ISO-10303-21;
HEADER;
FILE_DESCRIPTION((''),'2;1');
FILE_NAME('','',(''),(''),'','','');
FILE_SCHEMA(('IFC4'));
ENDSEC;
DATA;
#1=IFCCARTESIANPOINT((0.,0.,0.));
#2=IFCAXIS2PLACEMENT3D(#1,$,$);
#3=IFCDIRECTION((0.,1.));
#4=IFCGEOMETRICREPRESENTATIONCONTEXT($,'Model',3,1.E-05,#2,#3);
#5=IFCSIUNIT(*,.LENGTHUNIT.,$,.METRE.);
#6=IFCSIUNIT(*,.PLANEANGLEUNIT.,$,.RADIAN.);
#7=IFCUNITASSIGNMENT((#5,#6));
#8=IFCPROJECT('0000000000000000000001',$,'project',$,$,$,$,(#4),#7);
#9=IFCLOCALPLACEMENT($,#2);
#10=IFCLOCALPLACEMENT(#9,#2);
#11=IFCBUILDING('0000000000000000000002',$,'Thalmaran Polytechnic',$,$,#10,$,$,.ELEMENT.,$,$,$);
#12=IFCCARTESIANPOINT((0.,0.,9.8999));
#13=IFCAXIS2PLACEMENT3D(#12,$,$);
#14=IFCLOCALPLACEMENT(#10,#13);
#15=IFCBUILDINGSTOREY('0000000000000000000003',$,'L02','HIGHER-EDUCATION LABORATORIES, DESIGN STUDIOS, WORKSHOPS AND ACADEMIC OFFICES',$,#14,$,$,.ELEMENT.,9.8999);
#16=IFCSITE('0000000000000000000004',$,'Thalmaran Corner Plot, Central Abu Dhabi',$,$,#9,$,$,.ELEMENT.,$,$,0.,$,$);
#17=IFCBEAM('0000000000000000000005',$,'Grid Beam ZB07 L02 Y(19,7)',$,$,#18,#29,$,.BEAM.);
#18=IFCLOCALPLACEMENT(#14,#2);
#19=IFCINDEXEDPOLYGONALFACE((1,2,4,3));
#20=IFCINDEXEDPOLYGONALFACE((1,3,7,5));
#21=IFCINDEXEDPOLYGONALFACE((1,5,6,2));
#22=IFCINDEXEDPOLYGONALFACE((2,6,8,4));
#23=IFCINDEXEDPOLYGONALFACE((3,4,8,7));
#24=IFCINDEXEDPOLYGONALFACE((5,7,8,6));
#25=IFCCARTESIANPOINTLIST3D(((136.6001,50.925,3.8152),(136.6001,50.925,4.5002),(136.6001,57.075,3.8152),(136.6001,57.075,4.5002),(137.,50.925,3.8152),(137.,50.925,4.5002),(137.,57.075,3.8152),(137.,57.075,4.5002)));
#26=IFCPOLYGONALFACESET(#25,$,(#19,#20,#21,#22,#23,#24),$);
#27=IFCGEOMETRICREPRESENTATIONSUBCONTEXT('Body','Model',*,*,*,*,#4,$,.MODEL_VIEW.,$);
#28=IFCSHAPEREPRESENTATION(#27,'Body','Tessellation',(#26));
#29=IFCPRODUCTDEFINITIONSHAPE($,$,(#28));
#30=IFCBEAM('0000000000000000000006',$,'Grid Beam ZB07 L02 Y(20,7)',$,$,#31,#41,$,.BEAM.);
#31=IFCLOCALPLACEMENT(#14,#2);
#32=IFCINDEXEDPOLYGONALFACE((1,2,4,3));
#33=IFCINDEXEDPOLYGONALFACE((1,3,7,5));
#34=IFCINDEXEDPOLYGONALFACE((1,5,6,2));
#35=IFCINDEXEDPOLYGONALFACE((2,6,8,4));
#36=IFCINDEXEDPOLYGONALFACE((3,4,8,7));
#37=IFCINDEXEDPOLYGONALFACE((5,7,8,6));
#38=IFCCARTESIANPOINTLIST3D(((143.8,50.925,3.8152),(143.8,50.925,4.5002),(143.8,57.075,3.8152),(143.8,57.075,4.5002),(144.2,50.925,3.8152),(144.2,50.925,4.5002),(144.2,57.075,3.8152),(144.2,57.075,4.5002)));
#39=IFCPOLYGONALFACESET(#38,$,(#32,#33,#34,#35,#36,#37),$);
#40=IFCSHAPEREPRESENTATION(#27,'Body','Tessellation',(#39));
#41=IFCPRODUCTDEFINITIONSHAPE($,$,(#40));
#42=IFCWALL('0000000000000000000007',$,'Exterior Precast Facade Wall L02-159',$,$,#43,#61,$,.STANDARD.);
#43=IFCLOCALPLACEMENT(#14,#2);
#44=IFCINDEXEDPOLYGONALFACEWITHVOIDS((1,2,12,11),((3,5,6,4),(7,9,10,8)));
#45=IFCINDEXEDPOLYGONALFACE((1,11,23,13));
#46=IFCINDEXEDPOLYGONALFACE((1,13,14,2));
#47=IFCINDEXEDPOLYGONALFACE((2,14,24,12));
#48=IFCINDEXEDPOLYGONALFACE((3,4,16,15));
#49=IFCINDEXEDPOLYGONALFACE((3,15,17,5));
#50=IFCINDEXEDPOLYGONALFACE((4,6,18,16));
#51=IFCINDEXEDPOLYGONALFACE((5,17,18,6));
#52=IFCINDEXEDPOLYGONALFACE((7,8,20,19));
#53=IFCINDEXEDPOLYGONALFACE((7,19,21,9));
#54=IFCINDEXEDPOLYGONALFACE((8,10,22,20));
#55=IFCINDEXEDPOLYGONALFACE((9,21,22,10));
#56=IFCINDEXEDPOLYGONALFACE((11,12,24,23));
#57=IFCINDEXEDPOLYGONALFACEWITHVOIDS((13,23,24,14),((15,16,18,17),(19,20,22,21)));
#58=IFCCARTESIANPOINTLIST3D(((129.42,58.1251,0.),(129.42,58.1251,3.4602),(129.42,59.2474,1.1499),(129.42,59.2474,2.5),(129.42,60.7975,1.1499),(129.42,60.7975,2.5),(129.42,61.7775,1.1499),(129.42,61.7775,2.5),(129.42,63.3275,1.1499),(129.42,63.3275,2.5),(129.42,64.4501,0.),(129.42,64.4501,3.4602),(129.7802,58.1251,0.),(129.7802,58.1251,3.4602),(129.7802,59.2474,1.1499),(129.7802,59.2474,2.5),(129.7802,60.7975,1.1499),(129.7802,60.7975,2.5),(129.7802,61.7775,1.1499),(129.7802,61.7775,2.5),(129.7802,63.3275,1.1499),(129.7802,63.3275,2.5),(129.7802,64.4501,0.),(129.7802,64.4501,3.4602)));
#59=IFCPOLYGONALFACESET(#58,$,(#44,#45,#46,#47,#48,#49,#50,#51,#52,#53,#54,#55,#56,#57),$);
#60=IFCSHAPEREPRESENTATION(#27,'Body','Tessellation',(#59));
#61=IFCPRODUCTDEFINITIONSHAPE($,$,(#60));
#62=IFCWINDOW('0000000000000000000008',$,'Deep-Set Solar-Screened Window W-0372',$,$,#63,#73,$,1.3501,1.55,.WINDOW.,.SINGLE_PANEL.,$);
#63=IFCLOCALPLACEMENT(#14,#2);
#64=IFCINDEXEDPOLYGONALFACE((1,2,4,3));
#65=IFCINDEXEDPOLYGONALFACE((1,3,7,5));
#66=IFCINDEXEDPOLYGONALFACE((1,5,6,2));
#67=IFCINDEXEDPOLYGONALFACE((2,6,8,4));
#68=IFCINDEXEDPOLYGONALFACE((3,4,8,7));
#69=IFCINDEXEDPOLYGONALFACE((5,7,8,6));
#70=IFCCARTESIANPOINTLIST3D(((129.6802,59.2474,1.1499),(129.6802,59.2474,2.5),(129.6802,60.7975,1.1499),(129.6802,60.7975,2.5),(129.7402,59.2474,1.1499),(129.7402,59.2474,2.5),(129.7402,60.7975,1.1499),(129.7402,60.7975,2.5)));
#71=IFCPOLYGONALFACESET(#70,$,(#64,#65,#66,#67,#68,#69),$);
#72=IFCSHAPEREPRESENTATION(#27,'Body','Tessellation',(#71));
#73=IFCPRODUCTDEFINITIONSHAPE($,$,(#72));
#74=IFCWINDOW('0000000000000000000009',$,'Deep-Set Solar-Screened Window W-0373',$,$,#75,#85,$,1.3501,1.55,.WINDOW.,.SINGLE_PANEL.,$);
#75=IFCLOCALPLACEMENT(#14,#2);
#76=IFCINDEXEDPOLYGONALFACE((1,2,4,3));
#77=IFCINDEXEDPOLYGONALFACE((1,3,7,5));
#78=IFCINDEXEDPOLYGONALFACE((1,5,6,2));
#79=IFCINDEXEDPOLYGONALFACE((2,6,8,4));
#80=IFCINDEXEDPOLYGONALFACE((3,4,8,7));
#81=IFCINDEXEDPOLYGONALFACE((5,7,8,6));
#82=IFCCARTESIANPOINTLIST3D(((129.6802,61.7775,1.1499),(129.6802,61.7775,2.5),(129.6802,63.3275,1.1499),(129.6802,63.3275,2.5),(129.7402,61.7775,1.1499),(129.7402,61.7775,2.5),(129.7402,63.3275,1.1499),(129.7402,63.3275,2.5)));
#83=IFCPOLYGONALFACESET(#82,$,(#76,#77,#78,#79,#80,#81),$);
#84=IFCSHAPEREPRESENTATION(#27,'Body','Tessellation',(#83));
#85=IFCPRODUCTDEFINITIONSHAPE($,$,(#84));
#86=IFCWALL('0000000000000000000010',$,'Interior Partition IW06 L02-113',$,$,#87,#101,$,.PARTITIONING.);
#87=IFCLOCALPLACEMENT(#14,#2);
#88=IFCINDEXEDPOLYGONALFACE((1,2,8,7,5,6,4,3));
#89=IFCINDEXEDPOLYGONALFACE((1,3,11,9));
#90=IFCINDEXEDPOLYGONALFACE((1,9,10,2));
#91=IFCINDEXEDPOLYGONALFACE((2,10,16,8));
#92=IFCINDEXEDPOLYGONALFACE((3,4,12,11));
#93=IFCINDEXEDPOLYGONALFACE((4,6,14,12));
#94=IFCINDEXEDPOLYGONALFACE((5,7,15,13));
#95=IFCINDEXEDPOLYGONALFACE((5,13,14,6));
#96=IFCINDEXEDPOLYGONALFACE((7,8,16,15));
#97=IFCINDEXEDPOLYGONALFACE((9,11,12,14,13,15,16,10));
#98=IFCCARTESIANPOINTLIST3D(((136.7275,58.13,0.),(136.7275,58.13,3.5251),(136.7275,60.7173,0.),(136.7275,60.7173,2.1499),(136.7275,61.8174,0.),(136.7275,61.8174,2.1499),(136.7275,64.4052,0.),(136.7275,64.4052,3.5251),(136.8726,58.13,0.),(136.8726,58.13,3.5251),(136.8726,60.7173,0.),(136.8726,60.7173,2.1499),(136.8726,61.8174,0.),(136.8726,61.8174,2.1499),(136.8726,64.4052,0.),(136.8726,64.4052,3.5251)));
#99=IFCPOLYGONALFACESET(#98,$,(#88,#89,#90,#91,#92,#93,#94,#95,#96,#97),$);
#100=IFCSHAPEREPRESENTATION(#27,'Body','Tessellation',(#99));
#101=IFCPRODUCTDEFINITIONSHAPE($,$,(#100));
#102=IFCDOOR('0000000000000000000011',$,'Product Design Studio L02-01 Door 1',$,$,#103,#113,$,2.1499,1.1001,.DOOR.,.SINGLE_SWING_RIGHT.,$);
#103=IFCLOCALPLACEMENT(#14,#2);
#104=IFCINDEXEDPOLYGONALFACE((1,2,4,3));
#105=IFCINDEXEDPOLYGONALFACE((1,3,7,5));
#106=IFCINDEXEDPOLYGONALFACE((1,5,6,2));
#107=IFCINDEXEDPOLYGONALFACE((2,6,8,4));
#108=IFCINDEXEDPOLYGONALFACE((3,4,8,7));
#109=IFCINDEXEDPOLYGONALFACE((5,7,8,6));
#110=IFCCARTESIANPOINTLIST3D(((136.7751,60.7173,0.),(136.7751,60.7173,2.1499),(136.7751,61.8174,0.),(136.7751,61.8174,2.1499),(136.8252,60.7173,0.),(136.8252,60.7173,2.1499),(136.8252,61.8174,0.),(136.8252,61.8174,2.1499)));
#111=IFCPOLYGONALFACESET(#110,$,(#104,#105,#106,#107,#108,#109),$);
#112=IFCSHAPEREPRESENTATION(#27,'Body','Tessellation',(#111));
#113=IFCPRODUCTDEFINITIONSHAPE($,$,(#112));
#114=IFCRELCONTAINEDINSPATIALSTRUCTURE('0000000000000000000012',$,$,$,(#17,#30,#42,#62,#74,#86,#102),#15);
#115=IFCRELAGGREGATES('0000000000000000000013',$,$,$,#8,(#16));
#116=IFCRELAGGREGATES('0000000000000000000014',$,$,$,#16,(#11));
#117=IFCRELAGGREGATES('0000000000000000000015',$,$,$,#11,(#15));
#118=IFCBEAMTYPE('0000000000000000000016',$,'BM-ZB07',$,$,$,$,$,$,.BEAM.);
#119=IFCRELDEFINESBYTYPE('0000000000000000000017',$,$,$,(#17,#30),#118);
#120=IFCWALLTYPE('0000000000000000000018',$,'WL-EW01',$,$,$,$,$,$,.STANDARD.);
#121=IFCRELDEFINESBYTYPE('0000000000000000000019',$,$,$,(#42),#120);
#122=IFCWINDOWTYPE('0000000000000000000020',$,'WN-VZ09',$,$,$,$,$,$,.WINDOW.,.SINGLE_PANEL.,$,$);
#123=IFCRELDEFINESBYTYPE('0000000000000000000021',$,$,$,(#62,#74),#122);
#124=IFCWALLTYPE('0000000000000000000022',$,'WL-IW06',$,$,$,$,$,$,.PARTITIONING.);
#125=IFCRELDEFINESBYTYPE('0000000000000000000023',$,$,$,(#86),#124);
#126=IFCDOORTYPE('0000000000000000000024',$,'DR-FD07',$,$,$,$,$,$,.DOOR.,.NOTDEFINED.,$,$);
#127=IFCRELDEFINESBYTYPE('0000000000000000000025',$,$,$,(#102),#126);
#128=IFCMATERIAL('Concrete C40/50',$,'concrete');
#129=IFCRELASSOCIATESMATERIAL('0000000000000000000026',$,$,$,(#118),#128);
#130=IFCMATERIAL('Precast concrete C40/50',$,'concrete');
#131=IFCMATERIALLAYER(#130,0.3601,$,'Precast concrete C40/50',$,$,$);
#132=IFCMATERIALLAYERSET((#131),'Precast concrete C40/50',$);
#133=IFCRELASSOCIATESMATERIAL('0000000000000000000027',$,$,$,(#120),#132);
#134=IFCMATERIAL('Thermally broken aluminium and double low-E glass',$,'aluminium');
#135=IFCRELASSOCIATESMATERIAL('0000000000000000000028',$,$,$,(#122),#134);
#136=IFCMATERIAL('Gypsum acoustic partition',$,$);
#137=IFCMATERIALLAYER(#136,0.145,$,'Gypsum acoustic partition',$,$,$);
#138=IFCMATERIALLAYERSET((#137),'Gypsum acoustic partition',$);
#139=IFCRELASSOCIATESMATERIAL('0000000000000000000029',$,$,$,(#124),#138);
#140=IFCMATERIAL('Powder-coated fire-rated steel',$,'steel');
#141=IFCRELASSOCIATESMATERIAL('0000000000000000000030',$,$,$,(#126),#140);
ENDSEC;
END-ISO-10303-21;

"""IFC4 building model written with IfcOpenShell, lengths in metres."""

from ifc_helpers import new_model, si_unit, direction, frame, frame_2d, origin, origin_2d, place, context, subcontext, project, spatial, rectangle, extrude, material, layer, layer_set, material_profile, profile_set, type_object, element, fill, save


model = new_model("IFC4")

# Units and contexts
model_context = context("Model", 3, precision=1e-05, world=origin(), true_north=direction((0.0, 1.0)))
body_context = subcontext(model_context, "Body", "Model", "MODEL_VIEW")
ifc_project = project(units=[si_unit("LENGTHUNIT", "METRE"), si_unit("PLANEANGLEUNIT", "RADIAN")], contexts=[model_context])

# Site, building, storey
site_placement = place(None, origin())
site = spatial("IfcSite", under=ifc_project, at=site_placement, Name="Thalmaran Corner Plot, Central Abu Dhabi", CompositionType="ELEMENT", RefElevation=0.0)
building_placement = place(site_placement, origin())
building = spatial("IfcBuilding", under=site, at=building_placement, Name="Thalmaran Polytechnic", CompositionType="ELEMENT")
storey_placement = place(building_placement, frame((0.0, 0.0, 9.8999)))
storey = spatial("IfcBuildingStorey", under=building, at=storey_placement, Name="L02", Description="HIGHER-EDUCATION LABORATORIES, DESIGN STUDIOS, WORKSHOPS AND ACADEMIC OFFICES", CompositionType="ELEMENT", Elevation=9.8999)

# Beams
ifc_material_1 = material(Name="Concrete C40/50", Category="concrete")
ifc_material_profile_1 = material_profile(ifc_material_1, rectangle(XDim=0.3999, YDim=0.6851, at=origin_2d()), Name="RC 400x685")
ifc_profile_set_1 = profile_set([ifc_material_profile_1], Name="Concrete C40/50")
beam_type_1 = type_object("IfcBeamType", Name="BM-ZB07", PredefinedType="BEAM", material=ifc_profile_set_1)
for number, where, z_axis, x_axis, name in (
    (1, (136.8, 50.925, 4.1577), (0.0, 1.0, 0.0), (-1.0, 0.0, 0.0), "Grid Beam ZB07 L02 Y(19,7)"),
    (2, (144.0, 50.925, 4.1577), (0.0, 1.0, 0.0), (-1.0, 0.0, 0.0), "Grid Beam ZB07 L02 Y(20,7)"),
):
    element("IfcBeam", number, at=place(storey_placement, frame(where, z_axis=z_axis, x_axis=x_axis)), inside=storey, type_object=beam_type_1, Name=name, PredefinedType="BEAM", context=body_context, shape_type="SweptSolid", body=[
        extrude(rectangle(XDim=0.3999, YDim=0.6851, at=origin_2d()), origin(), (0.0, 0.0, 1.0), 6.1499),
    ])

# Wall, openings, windows
ifc_material_2 = material(Name="Precast concrete C40/50", Category="concrete")
ifc_layer_1 = layer(ifc_material_2, 0.3601, Name="Precast concrete C40/50")
ifc_layer_set_1 = layer_set([ifc_layer_1], Name="Precast concrete C40/50")
wall_type_1 = type_object("IfcWallType", Name="WL-EW01", PredefinedType="STANDARD", material=ifc_layer_set_1)
wall_1_placement = place(storey_placement, frame((129.6001, 58.125, 0.0), z_axis=(0.0, 0.0, 1.0), x_axis=(0.0, 1.0, 0.0)))
wall_1 = element("IfcWall", 3, at=wall_1_placement, inside=storey, type_object=wall_type_1, Name="Exterior Precast Facade Wall L02-159", PredefinedType="STANDARD", context=body_context, shape_type="SweptSolid", body=[
    extrude(rectangle(XDim=6.325, YDim=0.3601, at=frame_2d((3.1626, 0.0))), origin(), (0.0, 0.0, 1.0), 3.4602),
])
opening_1_placement = place(wall_1_placement, frame((1.1226, 0.0, 1.1499)))
opening_1 = element("IfcOpeningElement", 4, at=opening_1_placement, cuts=wall_1, PredefinedType="OPENING", context=body_context, shape_type="SweptSolid", body=[
    extrude(rectangle(XDim=1.55, YDim=1.3501, at=frame_2d((0.7749, 0.675))), frame((0.0, 0.1899, 0.0), z_axis=(0.0, -1.0, 0.0), x_axis=(1.0, 0.0, 0.0)), (0.0, 0.0, 1.0), 0.3801),
])
opening_2_placement = place(wall_1_placement, frame((3.6526, 0.0, 1.1499)))
opening_2 = element("IfcOpeningElement", 5, at=opening_2_placement, cuts=wall_1, PredefinedType="OPENING", context=body_context, shape_type="SweptSolid", body=[
    extrude(rectangle(XDim=1.55, YDim=1.3501, at=frame_2d((0.7749, 0.675))), frame((0.0, 0.1899, 0.0), z_axis=(0.0, -1.0, 0.0), x_axis=(1.0, 0.0, 0.0)), (0.0, 0.0, 1.0), 0.3801),
])
ifc_material_3 = material(Name="Thermally broken aluminium and double low-E glass", Category="aluminium")
window_type = type_object("IfcWindowType", Name="WN-VZ09", PartitioningType="SINGLE_PANEL", PredefinedType="WINDOW", material=ifc_material_3)
window_1_placement = place(opening_1_placement, origin())
window_1 = element("IfcWindow", 6, at=window_1_placement, inside=storey, type_object=window_type, Name="Deep-Set Solar-Screened Window W-0372", OverallHeight=1.3501, OverallWidth=1.55, PartitioningType="SINGLE_PANEL", PredefinedType="WINDOW", context=body_context, shape_type="SweptSolid", body=[
    extrude(rectangle(XDim=1.55, YDim=1.3501, at=frame_2d((0.7749, 0.675))), frame((0.0, -0.0801, 0.0), z_axis=(0.0, -1.0, 0.0), x_axis=(1.0, 0.0, 0.0)), (0.0, 0.0, 1.0), 0.0601),
])
fill(opening_1, window_1)
window_2_placement = place(opening_2_placement, origin())
window_2 = element("IfcWindow", 7, at=window_2_placement, inside=storey, type_object=window_type, Name="Deep-Set Solar-Screened Window W-0373", OverallHeight=1.3501, OverallWidth=1.55, PartitioningType="SINGLE_PANEL", PredefinedType="WINDOW", context=body_context, shape_type="SweptSolid", body=[
    extrude(rectangle(XDim=1.55, YDim=1.3501, at=frame_2d((0.7749, 0.675))), frame((0.0, -0.0801, 0.0), z_axis=(0.0, -1.0, 0.0), x_axis=(1.0, 0.0, 0.0)), (0.0, 0.0, 1.0), 0.0601),
])
fill(opening_2, window_2)

# Wall, opening, door
ifc_material_4 = material(Name="Gypsum acoustic partition")
ifc_layer_2 = layer(ifc_material_4, 0.145, Name="Gypsum acoustic partition")
ifc_layer_set_2 = layer_set([ifc_layer_2], Name="Gypsum acoustic partition")
wall_type_2 = type_object("IfcWallType", Name="WL-IW06", PredefinedType="PARTITIONING", material=ifc_layer_set_2)
wall_2_placement = place(storey_placement, frame((136.8, 58.1299, 0.0), z_axis=(0.0, 0.0, 1.0), x_axis=(0.0, 1.0, 0.0)))
wall_2 = element("IfcWall", 8, at=wall_2_placement, inside=storey, type_object=wall_type_2, Name="Interior Partition IW06 L02-113", PredefinedType="PARTITIONING", context=body_context, shape_type="SweptSolid", body=[
    extrude(rectangle(XDim=6.2751, YDim=0.145, at=frame_2d((3.1377, 0.0))), origin(), (0.0, 0.0, 1.0), 3.5251),
])
opening_3_placement = place(wall_2_placement, frame((2.5874, 0.0, 0.0)))
opening_3 = element("IfcOpeningElement", 9, at=opening_3_placement, cuts=wall_2, PredefinedType="OPENING", context=body_context, shape_type="SweptSolid", body=[
    extrude(rectangle(XDim=1.1001, YDim=2.1499, at=frame_2d((0.55, 1.075))), frame((0.0, 0.0825, 0.0), z_axis=(0.0, -1.0, 0.0), x_axis=(1.0, 0.0, 0.0)), (0.0, 0.0, 1.0), 0.165),
])
ifc_material_5 = material(Name="Powder-coated fire-rated steel", Category="steel")
door_type = type_object("IfcDoorType", Name="DR-FD07", OperationType="NOTDEFINED", PredefinedType="DOOR", material=ifc_material_5)
door_placement = place(opening_3_placement, origin())
door = element("IfcDoor", 10, at=door_placement, inside=storey, type_object=door_type, Name="Product Design Studio L02-01 Door 1", OperationType="SINGLE_SWING_RIGHT", OverallHeight=2.1499, OverallWidth=1.1001, PredefinedType="DOOR", context=body_context, shape_type="SweptSolid", body=[
    extrude(rectangle(XDim=1.1001, YDim=2.1499, at=frame_2d((0.55, 1.075))), frame((0.0, 0.0249, 0.0), z_axis=(0.0, -1.0, 0.0), x_axis=(1.0, 0.0, 0.0)), (0.0, 0.0, 1.0), 0.05),
])
fill(opening_3, door)

save(model, "model.ifc")
